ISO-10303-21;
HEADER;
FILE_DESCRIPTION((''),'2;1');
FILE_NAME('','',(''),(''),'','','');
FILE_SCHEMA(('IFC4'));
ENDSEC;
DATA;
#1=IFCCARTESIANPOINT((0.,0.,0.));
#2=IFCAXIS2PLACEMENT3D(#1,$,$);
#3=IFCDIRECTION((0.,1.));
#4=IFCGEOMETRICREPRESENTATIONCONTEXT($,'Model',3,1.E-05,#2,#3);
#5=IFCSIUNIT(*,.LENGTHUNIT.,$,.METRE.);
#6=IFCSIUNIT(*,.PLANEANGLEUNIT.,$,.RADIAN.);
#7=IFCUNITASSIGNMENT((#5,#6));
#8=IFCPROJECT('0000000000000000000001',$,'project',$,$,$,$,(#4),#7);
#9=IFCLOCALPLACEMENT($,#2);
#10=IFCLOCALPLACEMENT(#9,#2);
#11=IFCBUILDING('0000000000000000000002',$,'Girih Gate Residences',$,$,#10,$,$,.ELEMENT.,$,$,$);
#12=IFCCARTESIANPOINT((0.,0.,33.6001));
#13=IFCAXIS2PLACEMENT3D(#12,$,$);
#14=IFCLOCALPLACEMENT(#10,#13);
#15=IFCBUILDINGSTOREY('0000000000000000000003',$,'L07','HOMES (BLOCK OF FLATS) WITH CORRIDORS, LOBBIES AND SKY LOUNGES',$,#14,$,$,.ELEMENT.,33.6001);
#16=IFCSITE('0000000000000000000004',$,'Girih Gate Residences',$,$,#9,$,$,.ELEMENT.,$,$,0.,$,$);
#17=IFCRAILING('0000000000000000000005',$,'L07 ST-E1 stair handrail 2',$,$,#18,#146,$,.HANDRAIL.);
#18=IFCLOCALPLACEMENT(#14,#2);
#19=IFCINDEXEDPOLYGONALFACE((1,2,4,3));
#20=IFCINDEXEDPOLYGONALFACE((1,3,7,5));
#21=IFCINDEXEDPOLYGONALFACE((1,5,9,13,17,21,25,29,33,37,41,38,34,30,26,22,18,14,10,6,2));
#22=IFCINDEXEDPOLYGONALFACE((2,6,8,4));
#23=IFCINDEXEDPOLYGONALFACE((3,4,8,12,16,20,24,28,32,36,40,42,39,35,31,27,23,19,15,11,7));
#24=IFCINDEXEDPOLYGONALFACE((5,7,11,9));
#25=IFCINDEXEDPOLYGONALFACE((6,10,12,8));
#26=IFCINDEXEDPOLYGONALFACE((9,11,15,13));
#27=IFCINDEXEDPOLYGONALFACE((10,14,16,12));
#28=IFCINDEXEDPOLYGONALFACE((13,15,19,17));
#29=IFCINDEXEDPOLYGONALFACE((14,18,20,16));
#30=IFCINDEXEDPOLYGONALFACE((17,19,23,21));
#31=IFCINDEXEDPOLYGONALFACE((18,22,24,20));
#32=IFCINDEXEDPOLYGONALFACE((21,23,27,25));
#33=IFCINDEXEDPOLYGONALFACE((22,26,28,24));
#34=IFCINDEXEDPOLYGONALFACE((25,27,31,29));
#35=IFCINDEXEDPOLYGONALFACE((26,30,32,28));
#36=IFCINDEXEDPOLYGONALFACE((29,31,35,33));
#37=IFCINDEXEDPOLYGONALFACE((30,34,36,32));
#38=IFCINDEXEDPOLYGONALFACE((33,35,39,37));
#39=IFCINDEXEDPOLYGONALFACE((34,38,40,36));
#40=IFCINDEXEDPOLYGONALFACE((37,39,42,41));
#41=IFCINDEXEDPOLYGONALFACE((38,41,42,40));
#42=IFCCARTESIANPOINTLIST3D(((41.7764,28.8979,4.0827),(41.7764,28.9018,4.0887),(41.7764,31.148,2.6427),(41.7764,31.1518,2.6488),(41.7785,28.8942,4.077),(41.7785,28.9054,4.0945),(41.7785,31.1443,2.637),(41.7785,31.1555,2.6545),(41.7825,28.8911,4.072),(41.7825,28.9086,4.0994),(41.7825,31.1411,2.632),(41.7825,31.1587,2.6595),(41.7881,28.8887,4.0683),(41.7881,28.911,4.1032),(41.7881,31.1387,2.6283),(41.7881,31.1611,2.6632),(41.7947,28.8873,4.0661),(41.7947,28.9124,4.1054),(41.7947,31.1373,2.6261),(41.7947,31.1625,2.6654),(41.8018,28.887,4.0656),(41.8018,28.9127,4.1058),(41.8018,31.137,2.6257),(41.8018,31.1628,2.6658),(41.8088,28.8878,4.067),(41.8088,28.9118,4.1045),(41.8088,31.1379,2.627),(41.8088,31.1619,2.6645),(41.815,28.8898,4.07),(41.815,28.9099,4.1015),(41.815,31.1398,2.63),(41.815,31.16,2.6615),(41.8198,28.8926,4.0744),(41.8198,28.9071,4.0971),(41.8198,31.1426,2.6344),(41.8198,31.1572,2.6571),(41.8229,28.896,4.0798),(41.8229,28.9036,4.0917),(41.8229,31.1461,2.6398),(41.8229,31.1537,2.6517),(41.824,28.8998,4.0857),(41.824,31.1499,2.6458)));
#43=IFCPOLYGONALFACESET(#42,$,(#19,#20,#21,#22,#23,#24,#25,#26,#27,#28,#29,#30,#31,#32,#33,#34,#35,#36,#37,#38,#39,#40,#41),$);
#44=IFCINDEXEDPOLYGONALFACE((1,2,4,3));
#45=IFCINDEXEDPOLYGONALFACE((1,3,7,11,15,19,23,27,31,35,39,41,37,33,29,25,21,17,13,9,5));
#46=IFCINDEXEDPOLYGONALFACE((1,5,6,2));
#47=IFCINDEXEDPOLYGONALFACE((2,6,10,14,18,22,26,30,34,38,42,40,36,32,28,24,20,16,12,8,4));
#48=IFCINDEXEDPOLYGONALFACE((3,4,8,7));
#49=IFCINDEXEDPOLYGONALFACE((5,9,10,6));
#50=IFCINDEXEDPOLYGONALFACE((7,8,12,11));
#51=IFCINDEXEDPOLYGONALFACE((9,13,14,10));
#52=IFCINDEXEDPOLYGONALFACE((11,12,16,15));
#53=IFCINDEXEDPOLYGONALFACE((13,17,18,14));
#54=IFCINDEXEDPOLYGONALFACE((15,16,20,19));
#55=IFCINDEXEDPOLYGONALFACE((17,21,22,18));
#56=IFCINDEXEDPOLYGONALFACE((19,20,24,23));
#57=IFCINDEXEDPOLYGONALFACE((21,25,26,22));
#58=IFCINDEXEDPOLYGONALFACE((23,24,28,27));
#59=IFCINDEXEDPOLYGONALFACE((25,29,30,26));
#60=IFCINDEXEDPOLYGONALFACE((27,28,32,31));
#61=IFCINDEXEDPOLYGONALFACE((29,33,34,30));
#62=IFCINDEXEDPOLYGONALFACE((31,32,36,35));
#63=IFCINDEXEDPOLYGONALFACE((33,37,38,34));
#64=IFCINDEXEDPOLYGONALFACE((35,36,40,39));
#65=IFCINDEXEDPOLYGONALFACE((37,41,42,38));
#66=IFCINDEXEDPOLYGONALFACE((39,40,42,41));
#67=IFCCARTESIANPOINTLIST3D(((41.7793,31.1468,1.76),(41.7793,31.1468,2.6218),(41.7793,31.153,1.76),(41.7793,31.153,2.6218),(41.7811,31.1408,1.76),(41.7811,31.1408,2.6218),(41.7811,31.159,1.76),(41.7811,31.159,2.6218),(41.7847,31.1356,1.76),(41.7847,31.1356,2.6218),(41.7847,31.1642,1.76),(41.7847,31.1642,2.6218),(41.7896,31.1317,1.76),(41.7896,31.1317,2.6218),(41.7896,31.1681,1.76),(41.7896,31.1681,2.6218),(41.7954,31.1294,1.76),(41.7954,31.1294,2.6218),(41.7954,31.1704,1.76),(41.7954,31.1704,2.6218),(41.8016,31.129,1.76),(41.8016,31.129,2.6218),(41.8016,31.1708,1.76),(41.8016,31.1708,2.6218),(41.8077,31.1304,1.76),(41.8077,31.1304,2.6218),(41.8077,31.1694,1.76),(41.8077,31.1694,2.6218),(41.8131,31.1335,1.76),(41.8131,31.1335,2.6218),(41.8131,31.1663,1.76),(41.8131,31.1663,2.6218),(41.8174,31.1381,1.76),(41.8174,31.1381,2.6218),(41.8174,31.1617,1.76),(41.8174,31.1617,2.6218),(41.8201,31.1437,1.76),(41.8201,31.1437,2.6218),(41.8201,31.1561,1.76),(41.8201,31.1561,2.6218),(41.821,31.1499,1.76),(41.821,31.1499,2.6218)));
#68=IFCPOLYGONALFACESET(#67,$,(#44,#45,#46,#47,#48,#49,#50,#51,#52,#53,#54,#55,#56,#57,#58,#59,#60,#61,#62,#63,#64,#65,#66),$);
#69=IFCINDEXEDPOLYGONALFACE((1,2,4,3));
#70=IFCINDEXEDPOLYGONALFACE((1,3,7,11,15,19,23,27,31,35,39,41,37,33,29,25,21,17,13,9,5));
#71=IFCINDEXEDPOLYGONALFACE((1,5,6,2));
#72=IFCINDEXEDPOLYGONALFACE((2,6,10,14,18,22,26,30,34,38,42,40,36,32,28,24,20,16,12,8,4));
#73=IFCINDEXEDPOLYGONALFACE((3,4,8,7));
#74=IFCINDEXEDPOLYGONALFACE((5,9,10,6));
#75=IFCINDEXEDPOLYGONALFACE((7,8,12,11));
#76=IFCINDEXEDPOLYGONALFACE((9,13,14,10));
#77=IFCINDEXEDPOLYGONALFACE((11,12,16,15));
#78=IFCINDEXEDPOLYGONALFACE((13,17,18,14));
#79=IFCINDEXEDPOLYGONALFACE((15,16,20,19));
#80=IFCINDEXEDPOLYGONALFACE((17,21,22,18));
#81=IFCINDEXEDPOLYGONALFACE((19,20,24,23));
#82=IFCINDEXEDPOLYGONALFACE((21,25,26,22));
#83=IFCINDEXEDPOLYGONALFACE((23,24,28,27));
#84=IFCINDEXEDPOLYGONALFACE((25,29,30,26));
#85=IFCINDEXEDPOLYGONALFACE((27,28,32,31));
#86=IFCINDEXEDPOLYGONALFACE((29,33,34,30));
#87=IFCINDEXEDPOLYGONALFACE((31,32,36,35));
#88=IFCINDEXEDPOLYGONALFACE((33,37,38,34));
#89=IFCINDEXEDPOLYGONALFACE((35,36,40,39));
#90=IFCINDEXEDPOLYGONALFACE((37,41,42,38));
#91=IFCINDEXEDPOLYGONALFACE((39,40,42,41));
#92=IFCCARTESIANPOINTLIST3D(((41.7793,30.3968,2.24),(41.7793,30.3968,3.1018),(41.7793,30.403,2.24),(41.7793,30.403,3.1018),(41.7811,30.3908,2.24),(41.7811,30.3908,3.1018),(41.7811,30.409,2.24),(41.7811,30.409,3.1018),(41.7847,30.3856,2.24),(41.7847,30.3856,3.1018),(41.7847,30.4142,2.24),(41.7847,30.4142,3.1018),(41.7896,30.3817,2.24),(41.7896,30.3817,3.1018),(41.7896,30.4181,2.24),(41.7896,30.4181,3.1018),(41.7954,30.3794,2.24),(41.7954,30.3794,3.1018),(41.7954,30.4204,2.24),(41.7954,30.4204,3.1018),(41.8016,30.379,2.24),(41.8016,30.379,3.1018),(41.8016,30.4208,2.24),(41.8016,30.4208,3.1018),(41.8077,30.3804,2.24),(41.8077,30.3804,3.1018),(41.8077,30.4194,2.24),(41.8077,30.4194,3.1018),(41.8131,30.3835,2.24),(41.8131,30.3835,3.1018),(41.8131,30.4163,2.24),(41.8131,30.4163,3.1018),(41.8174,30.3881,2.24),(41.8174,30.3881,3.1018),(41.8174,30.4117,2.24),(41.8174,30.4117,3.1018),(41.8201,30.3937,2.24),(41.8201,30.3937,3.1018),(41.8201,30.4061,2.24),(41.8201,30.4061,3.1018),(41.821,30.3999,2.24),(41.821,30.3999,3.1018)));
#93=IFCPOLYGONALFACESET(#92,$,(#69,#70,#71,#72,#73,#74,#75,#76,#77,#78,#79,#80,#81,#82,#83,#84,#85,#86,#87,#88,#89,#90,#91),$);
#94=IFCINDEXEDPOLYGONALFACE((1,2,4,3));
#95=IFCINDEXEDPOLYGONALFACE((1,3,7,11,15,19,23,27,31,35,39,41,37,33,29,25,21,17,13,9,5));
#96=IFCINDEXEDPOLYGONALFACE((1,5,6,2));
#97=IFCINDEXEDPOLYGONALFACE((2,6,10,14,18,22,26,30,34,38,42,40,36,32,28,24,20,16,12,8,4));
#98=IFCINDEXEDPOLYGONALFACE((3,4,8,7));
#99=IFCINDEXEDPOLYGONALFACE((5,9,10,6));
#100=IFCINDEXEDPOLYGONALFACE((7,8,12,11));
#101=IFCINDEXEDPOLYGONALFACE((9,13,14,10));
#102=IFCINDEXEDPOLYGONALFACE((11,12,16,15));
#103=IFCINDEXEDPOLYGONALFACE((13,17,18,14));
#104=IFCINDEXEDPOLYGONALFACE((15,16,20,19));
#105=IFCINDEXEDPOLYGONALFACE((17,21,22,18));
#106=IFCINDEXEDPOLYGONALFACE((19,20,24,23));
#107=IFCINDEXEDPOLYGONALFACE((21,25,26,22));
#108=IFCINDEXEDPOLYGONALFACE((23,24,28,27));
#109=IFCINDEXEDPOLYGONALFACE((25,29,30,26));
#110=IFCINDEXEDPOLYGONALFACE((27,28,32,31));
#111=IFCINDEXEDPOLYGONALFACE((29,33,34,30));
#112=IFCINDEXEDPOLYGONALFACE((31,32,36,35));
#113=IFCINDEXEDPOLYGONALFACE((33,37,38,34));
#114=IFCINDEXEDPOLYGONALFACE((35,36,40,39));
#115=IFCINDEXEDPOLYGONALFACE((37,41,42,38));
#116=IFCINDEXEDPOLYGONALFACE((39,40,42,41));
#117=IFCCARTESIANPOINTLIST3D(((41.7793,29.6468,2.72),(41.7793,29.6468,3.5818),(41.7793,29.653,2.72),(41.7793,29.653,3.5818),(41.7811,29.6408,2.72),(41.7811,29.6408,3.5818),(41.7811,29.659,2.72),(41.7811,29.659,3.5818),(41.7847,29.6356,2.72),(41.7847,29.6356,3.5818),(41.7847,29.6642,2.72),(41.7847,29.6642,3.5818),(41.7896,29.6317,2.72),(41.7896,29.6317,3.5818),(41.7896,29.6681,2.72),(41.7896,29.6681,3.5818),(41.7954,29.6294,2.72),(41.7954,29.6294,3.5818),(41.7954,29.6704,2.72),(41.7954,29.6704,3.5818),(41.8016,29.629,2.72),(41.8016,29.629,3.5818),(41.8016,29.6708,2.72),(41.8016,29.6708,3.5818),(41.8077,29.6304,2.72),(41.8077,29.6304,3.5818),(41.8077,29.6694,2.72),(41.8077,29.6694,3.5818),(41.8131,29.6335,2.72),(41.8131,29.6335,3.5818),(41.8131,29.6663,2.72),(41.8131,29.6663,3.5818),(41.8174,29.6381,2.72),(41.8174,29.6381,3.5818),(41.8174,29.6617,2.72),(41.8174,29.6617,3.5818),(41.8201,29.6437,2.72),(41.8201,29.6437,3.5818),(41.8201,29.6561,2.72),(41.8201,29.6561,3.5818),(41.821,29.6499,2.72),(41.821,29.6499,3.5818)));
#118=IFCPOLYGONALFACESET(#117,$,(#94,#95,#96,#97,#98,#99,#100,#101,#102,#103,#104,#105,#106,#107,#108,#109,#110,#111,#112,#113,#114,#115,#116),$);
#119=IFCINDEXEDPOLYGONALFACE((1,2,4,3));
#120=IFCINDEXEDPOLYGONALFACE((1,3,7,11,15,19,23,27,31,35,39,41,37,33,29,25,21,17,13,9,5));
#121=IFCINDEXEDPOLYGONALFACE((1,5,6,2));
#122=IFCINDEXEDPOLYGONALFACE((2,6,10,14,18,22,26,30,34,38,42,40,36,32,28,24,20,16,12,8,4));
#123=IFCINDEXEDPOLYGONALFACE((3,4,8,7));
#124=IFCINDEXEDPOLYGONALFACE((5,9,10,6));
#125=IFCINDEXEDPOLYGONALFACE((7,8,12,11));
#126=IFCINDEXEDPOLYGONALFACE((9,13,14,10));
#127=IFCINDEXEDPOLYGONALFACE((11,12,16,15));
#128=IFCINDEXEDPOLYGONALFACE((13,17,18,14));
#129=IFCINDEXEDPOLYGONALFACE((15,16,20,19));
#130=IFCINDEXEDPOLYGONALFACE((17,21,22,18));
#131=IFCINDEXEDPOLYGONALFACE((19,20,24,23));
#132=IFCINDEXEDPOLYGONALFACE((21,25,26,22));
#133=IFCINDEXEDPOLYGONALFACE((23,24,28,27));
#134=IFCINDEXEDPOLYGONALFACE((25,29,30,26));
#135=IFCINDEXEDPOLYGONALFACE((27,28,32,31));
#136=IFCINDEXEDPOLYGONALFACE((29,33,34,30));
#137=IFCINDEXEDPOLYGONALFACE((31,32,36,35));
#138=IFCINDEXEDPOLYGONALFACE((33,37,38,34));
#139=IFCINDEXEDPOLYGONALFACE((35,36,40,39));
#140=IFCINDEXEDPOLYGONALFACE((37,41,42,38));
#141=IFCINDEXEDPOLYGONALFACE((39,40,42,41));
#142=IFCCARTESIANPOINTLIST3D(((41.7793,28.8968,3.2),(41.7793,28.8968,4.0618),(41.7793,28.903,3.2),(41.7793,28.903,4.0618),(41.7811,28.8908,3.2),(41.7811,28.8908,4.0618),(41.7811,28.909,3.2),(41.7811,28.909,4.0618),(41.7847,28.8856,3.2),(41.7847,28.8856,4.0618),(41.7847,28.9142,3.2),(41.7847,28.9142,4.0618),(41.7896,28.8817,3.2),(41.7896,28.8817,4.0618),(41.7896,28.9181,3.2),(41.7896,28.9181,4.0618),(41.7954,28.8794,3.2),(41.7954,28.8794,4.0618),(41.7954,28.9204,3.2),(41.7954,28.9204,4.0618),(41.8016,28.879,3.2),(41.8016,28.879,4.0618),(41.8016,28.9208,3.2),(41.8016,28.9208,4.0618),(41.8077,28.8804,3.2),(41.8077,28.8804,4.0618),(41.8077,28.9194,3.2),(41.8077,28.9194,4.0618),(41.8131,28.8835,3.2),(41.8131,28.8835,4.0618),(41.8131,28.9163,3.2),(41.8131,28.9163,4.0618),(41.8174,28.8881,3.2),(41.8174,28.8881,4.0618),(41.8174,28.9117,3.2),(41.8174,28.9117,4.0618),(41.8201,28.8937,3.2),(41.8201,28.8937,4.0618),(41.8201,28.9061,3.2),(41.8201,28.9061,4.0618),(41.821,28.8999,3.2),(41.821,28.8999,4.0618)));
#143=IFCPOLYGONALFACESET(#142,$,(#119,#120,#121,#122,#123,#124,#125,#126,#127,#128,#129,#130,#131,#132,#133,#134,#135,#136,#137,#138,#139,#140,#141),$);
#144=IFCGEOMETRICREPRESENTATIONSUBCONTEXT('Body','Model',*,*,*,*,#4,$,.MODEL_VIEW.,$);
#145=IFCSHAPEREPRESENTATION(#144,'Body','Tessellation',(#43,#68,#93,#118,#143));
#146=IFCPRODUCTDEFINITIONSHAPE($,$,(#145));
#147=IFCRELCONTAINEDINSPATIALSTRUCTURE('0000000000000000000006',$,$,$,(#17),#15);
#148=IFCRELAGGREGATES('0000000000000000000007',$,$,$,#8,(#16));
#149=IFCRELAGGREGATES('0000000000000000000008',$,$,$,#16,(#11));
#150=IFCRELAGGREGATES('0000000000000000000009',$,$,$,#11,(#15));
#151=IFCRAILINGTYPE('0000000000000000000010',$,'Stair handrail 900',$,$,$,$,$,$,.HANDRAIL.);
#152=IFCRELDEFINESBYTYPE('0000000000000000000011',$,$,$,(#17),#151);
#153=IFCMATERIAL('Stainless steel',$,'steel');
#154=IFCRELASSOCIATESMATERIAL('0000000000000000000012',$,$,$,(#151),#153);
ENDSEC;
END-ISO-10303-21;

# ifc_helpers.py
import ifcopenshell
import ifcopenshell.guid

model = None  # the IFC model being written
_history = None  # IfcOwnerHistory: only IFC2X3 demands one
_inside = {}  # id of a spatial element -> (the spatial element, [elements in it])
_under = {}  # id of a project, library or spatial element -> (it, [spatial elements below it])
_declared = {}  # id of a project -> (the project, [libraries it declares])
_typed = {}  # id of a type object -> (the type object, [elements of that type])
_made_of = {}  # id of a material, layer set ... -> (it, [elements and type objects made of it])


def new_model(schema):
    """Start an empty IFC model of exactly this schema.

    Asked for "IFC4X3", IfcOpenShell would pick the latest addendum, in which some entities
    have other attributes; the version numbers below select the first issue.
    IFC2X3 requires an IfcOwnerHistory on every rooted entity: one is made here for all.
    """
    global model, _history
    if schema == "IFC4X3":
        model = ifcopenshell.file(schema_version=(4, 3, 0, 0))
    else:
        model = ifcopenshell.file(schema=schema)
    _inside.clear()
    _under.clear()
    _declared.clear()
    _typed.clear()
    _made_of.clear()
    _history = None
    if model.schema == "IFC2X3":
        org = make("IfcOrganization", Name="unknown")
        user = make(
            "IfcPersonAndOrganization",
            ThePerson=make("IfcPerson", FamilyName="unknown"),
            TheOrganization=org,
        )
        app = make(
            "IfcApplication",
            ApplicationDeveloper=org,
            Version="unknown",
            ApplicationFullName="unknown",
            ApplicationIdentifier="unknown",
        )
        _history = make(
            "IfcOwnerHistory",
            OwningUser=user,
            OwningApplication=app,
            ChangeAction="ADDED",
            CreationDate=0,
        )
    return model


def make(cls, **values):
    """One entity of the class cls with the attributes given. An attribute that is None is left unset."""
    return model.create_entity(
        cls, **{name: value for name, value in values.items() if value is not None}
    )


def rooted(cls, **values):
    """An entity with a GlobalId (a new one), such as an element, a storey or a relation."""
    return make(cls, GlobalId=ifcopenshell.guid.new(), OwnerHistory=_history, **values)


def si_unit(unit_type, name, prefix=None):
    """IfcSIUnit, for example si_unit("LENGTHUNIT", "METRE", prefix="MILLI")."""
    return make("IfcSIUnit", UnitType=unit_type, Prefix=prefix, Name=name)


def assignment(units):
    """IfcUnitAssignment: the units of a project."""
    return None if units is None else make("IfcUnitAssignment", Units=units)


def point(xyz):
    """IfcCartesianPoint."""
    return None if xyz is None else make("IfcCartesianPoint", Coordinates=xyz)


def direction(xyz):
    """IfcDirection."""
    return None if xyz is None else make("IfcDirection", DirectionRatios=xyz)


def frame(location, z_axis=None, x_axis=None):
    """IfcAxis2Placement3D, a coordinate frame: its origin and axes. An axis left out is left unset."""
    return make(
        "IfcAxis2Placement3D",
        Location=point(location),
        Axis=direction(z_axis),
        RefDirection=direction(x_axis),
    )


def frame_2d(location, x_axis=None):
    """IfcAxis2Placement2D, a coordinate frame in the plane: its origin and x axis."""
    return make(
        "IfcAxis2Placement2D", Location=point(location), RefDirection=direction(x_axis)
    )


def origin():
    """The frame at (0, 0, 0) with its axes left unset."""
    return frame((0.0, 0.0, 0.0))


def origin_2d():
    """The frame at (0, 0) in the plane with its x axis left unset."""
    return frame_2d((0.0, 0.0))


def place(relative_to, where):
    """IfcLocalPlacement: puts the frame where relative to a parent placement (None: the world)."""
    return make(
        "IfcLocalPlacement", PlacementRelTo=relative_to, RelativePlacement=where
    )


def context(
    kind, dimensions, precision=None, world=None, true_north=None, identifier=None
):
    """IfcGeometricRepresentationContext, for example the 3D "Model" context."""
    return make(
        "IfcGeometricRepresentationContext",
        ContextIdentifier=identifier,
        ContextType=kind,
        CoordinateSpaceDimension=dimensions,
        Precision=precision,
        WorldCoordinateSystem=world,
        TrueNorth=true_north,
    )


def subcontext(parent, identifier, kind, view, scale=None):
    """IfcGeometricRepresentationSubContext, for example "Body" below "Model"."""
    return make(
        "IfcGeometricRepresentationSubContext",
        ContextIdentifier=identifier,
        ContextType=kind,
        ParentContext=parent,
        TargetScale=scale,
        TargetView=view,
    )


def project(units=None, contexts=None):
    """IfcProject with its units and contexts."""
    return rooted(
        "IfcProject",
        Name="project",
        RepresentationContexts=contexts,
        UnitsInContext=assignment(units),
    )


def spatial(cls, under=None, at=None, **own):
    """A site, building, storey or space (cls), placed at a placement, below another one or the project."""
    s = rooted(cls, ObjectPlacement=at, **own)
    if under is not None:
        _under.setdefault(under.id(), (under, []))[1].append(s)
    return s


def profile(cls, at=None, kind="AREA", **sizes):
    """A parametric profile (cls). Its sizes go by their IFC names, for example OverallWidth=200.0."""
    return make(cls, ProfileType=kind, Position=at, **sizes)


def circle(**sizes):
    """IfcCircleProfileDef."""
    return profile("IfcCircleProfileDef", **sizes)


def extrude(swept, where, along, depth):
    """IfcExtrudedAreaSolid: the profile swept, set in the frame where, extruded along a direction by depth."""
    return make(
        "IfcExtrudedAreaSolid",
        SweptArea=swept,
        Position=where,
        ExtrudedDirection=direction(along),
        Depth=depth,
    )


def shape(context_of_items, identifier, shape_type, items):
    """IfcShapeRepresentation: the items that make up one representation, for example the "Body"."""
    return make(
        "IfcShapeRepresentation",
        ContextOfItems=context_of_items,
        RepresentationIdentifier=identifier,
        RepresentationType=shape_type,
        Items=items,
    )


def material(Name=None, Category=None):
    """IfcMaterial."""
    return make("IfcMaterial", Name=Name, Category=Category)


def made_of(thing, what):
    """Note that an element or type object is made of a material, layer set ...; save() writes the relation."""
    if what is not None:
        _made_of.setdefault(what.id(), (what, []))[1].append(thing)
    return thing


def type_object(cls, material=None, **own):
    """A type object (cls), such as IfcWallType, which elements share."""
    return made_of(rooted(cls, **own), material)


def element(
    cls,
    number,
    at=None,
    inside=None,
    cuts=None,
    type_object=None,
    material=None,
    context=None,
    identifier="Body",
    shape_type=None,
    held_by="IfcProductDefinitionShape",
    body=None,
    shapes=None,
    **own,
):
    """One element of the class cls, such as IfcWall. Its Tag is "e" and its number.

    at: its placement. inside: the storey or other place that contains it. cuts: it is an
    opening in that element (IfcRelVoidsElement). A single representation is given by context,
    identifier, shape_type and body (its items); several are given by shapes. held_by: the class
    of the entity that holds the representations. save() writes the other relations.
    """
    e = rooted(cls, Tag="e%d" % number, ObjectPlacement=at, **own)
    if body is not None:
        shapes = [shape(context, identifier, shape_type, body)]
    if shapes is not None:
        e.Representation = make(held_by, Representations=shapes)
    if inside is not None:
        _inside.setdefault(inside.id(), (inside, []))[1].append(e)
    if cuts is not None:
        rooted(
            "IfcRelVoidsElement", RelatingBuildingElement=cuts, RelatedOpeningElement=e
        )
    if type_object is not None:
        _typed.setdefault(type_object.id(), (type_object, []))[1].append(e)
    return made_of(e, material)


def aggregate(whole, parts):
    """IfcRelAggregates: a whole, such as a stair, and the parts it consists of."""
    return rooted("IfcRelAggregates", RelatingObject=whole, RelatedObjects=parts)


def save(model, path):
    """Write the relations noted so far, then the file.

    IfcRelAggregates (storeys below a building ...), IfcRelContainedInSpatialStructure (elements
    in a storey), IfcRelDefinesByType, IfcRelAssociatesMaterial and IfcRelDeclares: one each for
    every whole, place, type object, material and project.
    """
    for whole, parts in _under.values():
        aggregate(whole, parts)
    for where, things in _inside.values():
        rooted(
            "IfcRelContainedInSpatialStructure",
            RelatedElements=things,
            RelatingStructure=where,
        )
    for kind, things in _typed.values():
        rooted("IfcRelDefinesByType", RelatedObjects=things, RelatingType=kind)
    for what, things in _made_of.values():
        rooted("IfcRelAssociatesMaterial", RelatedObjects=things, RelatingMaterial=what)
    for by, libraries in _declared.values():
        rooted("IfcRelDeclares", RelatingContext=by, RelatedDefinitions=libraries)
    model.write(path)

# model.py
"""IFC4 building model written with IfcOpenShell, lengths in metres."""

from ifc_helpers import new_model, si_unit, direction, frame, origin, origin_2d, place, context, subcontext, project, spatial, circle, extrude, material, type_object, element, save


model = new_model("IFC4")

# Units and contexts
model_context = context("Model", 3, precision=1e-05, world=origin(), true_north=direction((0.0, 1.0)))
body_context = subcontext(model_context, "Body", "Model", "MODEL_VIEW")
ifc_project = project(units=[si_unit("LENGTHUNIT", "METRE"), si_unit("PLANEANGLEUNIT", "RADIAN")], contexts=[model_context])

# Site, building, storey
site_placement = place(None, origin())
site = spatial("IfcSite", under=ifc_project, at=site_placement, Name="Girih Gate Residences", CompositionType="ELEMENT", RefElevation=0.0)
building_placement = place(site_placement, origin())
building = spatial("IfcBuilding", under=site, at=building_placement, Name="Girih Gate Residences", CompositionType="ELEMENT")
storey_placement = place(building_placement, frame((0.0, 0.0, 33.6001)))
storey = spatial("IfcBuildingStorey", under=building, at=storey_placement, Name="L07", Description="HOMES (BLOCK OF FLATS) WITH CORRIDORS, LOBBIES AND SKY LOUNGES", CompositionType="ELEMENT", Elevation=33.6001)

# Railing
ifc_material_1 = material(Name="Stainless steel", Category="steel")
railing_type_1 = type_object("IfcRailingType", Name="Stair handrail 900", PredefinedType="HANDRAIL", material=ifc_material_1)
railing_1_placement = place(storey_placement, frame((41.8, 31.1499, 1.76)))
element("IfcRailing", 1, at=railing_1_placement, inside=storey, type_object=railing_type_1, Name="L07 ST-E1 stair handrail 2", PredefinedType="HANDRAIL", context=body_context, shape_type="SweptSolid", body=[
    extrude(circle(Radius=0.0239, at=origin_2d()), frame((0.0, 0.0, 0.8857), z_axis=(0.0, -0.842281, 0.539038), x_axis=(1.0, 0.0, 0.0)), (0.0, 0.0, 1.0), 2.6714),
    extrude(circle(Radius=0.021, at=origin_2d()), origin(), (0.0, 0.0, 1.0), 0.8618),
    extrude(circle(Radius=0.021, at=origin_2d()), frame((0.0, -0.75, 0.48)), (0.0, 0.0, 1.0), 0.8618),
    extrude(circle(Radius=0.021, at=origin_2d()), frame((0.0, -1.5, 0.96)), (0.0, 0.0, 1.0), 0.8618),
    extrude(circle(Radius=0.021, at=origin_2d()), frame((0.0, -2.25, 1.4399)), (0.0, 0.0, 1.0), 0.8618),
])

save(model, "model.ifc")
